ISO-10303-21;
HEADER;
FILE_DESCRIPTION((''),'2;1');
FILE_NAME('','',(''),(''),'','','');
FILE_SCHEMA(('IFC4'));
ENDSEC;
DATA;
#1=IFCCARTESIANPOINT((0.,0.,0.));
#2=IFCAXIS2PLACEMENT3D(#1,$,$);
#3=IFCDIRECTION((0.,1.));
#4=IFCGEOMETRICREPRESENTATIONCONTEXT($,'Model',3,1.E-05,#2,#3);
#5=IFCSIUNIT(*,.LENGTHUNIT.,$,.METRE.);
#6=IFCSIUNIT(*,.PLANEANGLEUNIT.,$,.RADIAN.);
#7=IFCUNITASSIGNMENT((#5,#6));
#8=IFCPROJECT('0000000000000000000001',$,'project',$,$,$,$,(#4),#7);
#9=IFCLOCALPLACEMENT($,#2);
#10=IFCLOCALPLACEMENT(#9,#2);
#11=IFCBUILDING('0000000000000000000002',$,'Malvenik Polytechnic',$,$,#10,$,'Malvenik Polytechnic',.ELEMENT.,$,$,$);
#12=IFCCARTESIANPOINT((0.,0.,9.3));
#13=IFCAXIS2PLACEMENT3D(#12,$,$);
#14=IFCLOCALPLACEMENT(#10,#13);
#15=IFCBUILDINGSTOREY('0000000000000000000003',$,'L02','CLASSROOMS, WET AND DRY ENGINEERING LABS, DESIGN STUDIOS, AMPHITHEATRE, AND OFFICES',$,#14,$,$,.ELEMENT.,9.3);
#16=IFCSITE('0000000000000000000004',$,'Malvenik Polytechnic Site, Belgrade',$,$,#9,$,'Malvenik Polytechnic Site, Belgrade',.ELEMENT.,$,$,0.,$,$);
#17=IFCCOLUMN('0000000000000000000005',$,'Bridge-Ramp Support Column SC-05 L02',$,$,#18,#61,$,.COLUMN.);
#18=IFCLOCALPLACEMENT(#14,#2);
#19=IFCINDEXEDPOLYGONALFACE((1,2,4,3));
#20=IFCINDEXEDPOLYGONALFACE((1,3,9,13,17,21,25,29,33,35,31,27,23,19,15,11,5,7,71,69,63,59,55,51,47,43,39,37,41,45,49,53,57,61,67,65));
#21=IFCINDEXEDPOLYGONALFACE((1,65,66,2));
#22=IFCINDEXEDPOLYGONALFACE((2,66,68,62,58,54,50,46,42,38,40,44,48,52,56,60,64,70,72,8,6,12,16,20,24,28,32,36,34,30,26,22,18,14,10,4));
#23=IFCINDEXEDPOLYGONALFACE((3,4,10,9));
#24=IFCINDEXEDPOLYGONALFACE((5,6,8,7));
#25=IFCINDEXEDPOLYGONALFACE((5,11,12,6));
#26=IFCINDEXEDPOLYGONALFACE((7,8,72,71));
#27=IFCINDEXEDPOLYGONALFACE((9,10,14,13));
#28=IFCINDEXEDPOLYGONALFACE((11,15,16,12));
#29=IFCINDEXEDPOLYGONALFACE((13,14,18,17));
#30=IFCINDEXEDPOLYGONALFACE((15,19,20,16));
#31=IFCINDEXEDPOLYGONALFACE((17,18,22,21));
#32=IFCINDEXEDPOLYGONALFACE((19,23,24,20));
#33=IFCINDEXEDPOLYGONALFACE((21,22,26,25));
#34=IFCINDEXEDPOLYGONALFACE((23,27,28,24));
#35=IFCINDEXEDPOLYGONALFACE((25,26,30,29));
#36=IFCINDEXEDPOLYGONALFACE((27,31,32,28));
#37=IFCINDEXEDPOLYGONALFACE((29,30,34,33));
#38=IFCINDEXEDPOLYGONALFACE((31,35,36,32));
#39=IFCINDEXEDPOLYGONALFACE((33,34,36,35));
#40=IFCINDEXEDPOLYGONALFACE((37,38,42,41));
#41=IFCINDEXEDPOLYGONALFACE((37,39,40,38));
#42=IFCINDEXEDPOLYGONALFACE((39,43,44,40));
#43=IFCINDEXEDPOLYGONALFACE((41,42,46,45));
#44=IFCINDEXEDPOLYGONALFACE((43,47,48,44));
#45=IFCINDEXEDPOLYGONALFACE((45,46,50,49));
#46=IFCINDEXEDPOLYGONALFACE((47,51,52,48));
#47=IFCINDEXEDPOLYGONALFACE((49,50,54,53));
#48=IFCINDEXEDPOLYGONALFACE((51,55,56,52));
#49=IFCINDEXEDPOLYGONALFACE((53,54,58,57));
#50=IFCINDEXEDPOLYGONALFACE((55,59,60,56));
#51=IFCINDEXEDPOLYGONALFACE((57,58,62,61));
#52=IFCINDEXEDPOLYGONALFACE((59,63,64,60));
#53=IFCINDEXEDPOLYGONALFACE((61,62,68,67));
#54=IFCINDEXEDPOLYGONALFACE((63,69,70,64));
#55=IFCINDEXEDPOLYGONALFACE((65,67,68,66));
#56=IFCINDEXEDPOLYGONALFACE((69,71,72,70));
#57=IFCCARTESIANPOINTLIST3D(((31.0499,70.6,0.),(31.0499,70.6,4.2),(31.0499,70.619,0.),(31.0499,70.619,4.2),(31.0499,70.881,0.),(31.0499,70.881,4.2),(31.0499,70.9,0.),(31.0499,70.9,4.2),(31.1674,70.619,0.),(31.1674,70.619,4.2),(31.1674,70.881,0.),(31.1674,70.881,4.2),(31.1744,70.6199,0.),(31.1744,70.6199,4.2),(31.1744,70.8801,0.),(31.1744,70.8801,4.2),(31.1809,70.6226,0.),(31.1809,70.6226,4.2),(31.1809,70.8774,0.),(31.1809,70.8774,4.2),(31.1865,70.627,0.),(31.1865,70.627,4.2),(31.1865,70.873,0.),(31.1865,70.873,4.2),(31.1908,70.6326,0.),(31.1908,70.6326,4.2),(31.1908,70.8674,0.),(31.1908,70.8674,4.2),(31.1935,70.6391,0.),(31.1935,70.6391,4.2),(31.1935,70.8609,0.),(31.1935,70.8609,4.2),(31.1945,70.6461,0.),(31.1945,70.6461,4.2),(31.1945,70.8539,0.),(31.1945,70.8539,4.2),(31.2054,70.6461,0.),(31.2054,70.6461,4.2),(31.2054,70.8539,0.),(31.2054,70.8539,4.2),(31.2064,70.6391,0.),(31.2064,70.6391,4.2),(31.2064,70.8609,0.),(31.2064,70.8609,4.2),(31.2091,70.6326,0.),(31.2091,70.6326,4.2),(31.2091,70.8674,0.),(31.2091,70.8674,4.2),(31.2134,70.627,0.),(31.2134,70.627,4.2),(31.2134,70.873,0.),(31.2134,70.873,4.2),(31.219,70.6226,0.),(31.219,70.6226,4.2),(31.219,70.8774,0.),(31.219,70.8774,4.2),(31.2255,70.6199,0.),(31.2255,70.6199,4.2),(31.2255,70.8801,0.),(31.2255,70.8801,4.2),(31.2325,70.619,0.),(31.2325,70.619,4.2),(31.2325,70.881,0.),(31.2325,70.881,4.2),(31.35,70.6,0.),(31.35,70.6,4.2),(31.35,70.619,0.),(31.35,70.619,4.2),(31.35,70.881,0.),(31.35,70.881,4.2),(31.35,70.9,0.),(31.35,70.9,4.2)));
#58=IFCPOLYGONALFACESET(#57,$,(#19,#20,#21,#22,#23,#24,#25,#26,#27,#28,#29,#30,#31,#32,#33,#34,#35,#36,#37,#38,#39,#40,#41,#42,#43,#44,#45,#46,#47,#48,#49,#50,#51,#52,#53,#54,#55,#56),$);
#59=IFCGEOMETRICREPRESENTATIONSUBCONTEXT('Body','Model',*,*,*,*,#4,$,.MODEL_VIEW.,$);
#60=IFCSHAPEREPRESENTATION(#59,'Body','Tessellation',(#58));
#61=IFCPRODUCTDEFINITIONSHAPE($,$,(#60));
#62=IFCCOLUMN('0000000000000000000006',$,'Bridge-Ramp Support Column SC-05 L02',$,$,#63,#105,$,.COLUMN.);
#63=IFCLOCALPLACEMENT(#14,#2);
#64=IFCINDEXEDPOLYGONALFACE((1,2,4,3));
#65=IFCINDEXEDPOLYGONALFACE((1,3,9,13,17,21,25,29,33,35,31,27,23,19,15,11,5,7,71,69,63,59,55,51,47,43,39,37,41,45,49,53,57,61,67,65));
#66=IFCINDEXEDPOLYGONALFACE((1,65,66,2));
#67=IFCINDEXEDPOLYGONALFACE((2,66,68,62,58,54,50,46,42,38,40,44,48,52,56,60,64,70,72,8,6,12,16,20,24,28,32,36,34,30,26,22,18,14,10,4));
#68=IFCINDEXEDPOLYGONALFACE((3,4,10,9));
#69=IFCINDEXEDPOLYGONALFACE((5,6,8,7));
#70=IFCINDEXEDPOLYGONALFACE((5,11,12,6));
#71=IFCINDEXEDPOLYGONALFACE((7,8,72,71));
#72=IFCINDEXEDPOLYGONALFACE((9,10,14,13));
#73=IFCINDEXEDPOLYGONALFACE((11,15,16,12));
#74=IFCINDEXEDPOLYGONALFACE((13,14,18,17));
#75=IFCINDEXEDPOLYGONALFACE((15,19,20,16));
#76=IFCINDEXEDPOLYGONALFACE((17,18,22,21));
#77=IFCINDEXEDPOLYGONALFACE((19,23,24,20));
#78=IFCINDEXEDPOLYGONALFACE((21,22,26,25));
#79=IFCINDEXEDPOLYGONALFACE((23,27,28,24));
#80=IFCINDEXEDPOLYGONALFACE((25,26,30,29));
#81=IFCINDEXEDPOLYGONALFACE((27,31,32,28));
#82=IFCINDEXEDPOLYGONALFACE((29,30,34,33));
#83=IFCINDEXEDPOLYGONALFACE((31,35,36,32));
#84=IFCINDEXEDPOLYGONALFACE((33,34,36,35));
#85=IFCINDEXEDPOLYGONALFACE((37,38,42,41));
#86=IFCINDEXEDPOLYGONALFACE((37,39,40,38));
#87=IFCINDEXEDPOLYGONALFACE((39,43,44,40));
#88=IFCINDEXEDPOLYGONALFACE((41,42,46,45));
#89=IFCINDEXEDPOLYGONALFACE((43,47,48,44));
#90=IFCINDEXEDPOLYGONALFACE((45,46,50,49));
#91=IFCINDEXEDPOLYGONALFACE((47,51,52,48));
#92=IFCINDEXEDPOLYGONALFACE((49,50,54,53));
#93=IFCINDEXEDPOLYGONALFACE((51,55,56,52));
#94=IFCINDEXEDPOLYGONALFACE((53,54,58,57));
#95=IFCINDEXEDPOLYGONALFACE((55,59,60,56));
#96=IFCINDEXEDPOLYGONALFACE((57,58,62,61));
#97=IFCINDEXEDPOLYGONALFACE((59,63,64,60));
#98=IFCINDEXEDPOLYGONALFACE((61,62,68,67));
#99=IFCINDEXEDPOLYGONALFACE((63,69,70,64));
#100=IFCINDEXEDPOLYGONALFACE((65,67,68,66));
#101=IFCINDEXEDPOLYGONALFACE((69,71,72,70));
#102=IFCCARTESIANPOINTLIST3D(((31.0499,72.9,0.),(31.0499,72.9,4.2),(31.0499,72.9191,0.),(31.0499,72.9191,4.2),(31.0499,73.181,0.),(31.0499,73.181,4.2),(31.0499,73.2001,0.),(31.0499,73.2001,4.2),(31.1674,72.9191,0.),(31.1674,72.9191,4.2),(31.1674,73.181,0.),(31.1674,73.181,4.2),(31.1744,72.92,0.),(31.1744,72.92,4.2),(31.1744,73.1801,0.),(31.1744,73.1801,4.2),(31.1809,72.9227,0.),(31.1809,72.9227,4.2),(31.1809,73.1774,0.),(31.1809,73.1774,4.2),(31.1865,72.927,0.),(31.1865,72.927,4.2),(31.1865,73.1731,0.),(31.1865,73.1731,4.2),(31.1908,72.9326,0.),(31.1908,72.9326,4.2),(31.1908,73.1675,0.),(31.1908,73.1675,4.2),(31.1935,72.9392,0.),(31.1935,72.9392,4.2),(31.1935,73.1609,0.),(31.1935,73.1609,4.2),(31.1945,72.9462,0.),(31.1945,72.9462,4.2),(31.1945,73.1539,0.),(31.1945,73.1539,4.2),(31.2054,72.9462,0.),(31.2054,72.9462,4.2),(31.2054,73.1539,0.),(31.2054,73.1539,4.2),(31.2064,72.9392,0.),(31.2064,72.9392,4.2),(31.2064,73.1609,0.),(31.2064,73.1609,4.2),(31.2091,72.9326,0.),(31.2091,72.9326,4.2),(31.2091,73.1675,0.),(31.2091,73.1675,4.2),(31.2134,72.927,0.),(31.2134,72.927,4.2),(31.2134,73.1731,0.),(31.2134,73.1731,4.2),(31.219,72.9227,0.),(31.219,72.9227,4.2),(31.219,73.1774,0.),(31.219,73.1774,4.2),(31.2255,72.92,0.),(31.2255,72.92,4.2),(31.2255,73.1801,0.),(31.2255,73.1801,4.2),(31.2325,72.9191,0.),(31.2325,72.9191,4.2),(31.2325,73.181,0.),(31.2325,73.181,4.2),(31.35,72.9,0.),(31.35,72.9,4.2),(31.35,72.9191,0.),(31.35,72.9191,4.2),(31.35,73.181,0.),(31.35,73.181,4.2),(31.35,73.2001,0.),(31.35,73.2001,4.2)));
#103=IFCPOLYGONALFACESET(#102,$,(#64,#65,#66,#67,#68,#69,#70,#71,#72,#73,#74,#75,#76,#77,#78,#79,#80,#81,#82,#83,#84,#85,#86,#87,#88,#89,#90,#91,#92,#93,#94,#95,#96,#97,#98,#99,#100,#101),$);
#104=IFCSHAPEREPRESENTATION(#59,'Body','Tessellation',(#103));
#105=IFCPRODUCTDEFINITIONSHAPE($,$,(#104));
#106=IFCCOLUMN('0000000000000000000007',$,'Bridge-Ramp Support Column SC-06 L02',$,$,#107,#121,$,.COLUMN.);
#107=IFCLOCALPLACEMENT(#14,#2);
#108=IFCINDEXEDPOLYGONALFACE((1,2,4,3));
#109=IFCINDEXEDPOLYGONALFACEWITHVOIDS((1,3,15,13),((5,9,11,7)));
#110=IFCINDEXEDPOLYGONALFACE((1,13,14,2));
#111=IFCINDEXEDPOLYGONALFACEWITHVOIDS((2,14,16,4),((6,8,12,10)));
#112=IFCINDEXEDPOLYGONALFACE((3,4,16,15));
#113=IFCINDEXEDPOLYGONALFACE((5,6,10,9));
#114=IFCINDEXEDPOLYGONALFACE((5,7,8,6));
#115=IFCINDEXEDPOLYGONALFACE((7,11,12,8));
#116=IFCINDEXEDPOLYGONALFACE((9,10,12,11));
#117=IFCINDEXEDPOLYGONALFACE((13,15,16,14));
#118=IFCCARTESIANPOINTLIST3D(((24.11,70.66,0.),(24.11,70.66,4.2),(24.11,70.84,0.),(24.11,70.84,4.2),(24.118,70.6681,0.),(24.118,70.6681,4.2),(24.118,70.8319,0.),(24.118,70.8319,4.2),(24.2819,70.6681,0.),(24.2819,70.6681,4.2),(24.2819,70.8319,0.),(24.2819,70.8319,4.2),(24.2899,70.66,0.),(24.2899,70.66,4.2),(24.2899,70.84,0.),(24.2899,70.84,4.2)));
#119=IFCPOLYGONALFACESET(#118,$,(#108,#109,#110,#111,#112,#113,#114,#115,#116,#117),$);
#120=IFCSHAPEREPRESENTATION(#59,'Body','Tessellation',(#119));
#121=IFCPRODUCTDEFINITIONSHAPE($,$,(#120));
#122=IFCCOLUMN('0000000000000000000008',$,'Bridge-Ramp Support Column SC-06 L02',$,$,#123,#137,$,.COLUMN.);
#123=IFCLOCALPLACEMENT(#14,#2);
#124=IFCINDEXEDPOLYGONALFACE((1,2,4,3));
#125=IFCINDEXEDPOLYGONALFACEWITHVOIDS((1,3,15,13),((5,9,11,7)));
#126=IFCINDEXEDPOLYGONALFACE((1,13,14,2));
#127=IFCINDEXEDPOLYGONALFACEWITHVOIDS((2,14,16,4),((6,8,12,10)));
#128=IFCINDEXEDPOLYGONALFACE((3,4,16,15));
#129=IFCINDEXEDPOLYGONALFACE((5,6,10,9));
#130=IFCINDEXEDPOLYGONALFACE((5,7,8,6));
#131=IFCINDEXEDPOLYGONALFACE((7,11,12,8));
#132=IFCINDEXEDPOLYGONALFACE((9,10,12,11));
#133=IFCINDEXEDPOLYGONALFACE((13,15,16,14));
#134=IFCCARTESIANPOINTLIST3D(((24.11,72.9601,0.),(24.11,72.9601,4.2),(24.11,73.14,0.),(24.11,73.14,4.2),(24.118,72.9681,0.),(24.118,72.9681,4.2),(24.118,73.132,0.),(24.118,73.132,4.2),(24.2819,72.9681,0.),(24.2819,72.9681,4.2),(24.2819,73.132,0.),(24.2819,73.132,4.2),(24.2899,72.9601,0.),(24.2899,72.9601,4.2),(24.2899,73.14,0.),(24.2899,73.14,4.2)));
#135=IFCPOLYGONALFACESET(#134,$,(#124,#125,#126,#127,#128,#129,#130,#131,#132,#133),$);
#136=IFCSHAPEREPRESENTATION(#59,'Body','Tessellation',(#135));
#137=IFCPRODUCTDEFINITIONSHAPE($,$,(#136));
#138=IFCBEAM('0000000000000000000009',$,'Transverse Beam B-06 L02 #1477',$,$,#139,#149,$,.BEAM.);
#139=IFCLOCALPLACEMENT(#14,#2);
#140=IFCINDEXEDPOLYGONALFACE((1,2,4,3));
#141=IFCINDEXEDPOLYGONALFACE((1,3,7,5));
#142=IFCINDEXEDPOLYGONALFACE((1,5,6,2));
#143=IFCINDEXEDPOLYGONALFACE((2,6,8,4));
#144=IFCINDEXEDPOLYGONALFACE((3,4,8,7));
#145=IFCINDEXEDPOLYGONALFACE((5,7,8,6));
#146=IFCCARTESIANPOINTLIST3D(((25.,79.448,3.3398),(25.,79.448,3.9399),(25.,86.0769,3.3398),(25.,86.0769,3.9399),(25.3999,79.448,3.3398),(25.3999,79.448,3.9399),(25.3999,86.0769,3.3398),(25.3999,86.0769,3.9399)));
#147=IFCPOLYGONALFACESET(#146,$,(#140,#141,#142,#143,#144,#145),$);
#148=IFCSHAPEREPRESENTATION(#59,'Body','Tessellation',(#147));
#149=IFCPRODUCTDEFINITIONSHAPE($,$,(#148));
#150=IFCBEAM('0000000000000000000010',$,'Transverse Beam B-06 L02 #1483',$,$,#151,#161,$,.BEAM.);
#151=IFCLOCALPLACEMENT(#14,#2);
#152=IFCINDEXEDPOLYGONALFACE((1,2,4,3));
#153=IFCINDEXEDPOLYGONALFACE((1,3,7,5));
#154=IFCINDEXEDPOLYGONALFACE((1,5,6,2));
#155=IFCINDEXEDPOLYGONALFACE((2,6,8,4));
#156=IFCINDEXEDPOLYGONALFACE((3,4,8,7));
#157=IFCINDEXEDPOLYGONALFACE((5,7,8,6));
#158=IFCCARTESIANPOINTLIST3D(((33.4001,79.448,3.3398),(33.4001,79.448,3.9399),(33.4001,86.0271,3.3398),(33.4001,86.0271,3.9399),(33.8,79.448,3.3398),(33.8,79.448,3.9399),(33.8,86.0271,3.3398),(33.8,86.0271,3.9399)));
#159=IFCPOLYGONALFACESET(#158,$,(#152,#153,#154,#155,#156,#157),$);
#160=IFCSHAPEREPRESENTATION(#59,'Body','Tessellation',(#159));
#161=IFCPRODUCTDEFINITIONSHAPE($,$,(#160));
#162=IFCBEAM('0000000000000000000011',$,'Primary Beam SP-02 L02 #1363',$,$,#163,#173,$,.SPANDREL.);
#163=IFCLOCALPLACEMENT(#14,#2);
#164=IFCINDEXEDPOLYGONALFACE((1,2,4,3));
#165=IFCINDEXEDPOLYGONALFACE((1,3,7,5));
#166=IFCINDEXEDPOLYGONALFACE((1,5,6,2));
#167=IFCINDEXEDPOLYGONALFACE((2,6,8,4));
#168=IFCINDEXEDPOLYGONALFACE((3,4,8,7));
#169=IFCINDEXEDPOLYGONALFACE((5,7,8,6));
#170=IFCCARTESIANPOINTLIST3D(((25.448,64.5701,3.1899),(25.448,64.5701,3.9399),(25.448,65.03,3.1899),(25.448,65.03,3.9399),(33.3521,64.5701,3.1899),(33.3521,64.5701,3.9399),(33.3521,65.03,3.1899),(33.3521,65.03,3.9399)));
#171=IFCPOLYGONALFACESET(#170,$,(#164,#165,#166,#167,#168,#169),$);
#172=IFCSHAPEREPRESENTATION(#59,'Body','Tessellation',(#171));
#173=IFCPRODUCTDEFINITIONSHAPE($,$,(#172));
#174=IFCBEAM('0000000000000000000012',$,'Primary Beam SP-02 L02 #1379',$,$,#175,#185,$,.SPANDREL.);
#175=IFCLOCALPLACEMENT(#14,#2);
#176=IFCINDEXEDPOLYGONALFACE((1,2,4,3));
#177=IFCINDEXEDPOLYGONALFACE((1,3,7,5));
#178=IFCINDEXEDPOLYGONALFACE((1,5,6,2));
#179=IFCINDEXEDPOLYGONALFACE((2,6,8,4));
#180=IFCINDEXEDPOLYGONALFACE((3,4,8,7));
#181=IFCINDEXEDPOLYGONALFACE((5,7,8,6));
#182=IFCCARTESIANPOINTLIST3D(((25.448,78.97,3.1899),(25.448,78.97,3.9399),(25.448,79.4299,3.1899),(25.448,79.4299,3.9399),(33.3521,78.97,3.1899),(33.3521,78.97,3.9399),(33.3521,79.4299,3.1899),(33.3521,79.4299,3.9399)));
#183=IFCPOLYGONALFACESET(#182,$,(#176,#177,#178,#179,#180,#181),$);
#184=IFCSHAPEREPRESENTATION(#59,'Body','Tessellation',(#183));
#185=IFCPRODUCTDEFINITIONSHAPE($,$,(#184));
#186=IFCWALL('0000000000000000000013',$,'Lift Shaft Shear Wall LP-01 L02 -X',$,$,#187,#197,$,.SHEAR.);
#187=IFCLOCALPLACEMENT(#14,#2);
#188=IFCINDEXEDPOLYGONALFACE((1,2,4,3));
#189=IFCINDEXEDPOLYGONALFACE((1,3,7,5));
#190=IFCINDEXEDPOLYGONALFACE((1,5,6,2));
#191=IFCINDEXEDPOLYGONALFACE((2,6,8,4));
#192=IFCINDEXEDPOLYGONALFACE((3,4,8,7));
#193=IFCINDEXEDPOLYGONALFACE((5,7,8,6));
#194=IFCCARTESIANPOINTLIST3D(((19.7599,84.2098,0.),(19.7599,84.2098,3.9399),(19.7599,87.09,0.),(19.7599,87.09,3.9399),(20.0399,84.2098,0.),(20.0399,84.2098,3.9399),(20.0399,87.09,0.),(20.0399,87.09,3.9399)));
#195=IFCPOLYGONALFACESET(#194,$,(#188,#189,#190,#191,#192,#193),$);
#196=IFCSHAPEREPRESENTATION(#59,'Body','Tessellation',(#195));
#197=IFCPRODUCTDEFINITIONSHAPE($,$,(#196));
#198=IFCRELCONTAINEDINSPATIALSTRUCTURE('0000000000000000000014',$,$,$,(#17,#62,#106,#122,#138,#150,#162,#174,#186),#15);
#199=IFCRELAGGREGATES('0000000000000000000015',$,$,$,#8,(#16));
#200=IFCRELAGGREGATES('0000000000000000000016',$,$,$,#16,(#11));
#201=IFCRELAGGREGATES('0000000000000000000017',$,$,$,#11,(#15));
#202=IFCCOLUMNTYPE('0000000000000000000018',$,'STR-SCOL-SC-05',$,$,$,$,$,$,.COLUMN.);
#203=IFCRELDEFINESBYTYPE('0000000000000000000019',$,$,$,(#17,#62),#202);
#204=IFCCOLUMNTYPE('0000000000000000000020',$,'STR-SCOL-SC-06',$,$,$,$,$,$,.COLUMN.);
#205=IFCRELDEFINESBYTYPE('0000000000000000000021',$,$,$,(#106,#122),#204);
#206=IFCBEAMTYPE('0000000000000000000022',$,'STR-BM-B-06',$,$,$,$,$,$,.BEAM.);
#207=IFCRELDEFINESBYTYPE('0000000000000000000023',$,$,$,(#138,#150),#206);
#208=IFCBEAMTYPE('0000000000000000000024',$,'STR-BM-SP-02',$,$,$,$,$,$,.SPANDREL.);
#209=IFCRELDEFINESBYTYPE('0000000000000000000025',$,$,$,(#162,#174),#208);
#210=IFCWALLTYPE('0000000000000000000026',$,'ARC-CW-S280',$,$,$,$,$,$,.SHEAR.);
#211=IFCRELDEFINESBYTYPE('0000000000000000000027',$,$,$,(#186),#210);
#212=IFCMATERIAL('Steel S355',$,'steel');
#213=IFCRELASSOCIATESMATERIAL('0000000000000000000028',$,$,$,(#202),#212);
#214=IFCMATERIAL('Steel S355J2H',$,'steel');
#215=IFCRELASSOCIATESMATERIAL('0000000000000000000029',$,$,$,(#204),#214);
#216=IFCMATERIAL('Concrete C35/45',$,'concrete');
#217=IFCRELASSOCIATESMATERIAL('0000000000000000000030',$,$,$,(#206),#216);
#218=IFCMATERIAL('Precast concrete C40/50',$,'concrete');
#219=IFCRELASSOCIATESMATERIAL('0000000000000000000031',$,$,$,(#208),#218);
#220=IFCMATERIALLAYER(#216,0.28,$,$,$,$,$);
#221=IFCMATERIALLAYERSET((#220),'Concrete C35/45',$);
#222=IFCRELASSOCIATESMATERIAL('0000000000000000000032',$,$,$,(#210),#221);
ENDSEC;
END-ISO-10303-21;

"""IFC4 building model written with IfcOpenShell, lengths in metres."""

from ifc_helpers import new_model, si_unit, direction, frame, frame_2d, origin, origin_2d, place, context, subcontext, project, spatial, rectangle, hollow_rectangle, i_section, extrude, material, layer, layer_set, material_profile, profile_set, type_object, element, save


model = new_model("IFC4")

# Units and contexts
model_context = context("Model", 3, precision=1e-05, world=origin(), true_north=direction((0.0, 1.0)))
body_context = subcontext(model_context, "Body", "Model", "MODEL_VIEW")
ifc_project = project(units=[si_unit("LENGTHUNIT", "METRE"), si_unit("PLANEANGLEUNIT", "RADIAN")], contexts=[model_context])

# Site, building, storey
site_placement = place(None, origin())
site = spatial("IfcSite", under=ifc_project, at=site_placement, Name="Malvenik Polytechnic Site, Belgrade", LongName="Malvenik Polytechnic Site, Belgrade", CompositionType="ELEMENT", RefElevation=0.0)
building_placement = place(site_placement, origin())
building = spatial("IfcBuilding", under=site, at=building_placement, Name="Malvenik Polytechnic", LongName="Malvenik Polytechnic", CompositionType="ELEMENT")
storey_placement = place(building_placement, frame((0.0, 0.0, 9.3)))
storey = spatial("IfcBuildingStorey", under=building, at=storey_placement, Name="L02", Description="CLASSROOMS, WET AND DRY ENGINEERING LABS, DESIGN STUDIOS, AMPHITHEATRE, AND OFFICES", CompositionType="ELEMENT", Elevation=9.3)

# Columns
ifc_material_1 = material(Name="Concrete C35/45", Category="concrete")
ifc_material_2 = material(Name="Steel S355J2H", Category="steel")
ifc_material_3 = material(Name="Steel S355", Category="steel")
ifc_material_profile_1 = material_profile(ifc_material_3, i_section(OverallWidth=0.3, OverallDepth=0.3, WebThickness=0.011, FlangeThickness=0.019, FilletRadius=0.0271, at=origin_2d()), Name="HEB 300")
ifc_profile_set_1 = profile_set([ifc_material_profile_1], Name="Steel S355")
column_type_1 = type_object("IfcColumnType", Name="STR-SCOL-SC-05", PredefinedType="COLUMN", material=ifc_profile_set_1)
for number, where, z_axis, x_axis, name in (
    (1, (31.2, 70.75, 0.0), (0.0, 0.0, 1.0), (1.0, 0.0, 0.0), "Bridge-Ramp Support Column SC-05 L02"),
    (2, (31.2, 73.05, 0.0), (0.0, 0.0, 1.0), (1.0, 0.0, 0.0), "Bridge-Ramp Support Column SC-05 L02"),
):
    element("IfcColumn", number, at=place(storey_placement, frame(where, z_axis=z_axis, x_axis=x_axis)), inside=storey, type_object=column_type_1, Name=name, PredefinedType="COLUMN", context=body_context, shape_type="SweptSolid", body=[
        extrude(i_section(OverallWidth=0.3, OverallDepth=0.3, WebThickness=0.011, FlangeThickness=0.019, FilletRadius=0.0271, at=origin_2d()), origin(), (0.0, 0.0, 1.0), 4.2),
    ])
ifc_material_profile_2 = material_profile(ifc_material_2, hollow_rectangle(XDim=0.1799, YDim=0.1799, WallThickness=0.0081, at=origin_2d()), Name="SHS 180x180x8.0")
ifc_profile_set_2 = profile_set([ifc_material_profile_2], Name="Steel S355J2H")
column_type_2 = type_object("IfcColumnType", Name="STR-SCOL-SC-06", PredefinedType="COLUMN", material=ifc_profile_set_2)
for number, where, z_axis, x_axis, name in (
    (3, (24.2, 70.75, 0.0), (0.0, 0.0, 1.0), (1.0, 0.0, 0.0), "Bridge-Ramp Support Column SC-06 L02"),
    (4, (24.2, 73.05, 0.0), (0.0, 0.0, 1.0), (1.0, 0.0, 0.0), "Bridge-Ramp Support Column SC-06 L02"),
):
    element("IfcColumn", number, at=place(storey_placement, frame(where, z_axis=z_axis, x_axis=x_axis)), inside=storey, type_object=column_type_2, Name=name, PredefinedType="COLUMN", context=body_context, shape_type="SweptSolid", body=[
        extrude(hollow_rectangle(XDim=0.1799, YDim=0.1799, WallThickness=0.0081, at=origin_2d()), origin(), (0.0, 0.0, 1.0), 4.2),
    ])

# Beams
ifc_material_profile_3 = material_profile(ifc_material_1, rectangle(XDim=0.3999, YDim=0.6001, at=origin_2d()), Name="RC BM 400x600")
ifc_profile_set_3 = profile_set([ifc_material_profile_3], Name="Concrete C35/45")
beam_type_1 = type_object("IfcBeamType", Name="STR-BM-B-06", PredefinedType="BEAM", material=ifc_profile_set_3)
beam_1_placement = place(storey_placement, frame((25.2, 79.448, 3.6399), z_axis=(0.0, 1.0, 0.0), x_axis=(-1.0, 0.0, 0.0)))
element("IfcBeam", 5, at=beam_1_placement, inside=storey, type_object=beam_type_1, Name="Transverse Beam B-06 L02 #1477", PredefinedType="BEAM", context=body_context, shape_type="SweptSolid", body=[
    extrude(rectangle(XDim=0.3999, YDim=0.6001, at=origin_2d()), origin(), (0.0, 0.0, 1.0), 6.6289),
])
beam_2_placement = place(storey_placement, frame((33.6001, 79.448, 3.6399), z_axis=(0.0, 1.0, 0.0), x_axis=(-1.0, 0.0, 0.0)))
element("IfcBeam", 6, at=beam_2_placement, inside=storey, type_object=beam_type_1, Name="Transverse Beam B-06 L02 #1483", PredefinedType="BEAM", context=body_context, shape_type="SweptSolid", body=[
    extrude(rectangle(XDim=0.3999, YDim=0.6001, at=origin_2d()), origin(), (0.0, 0.0, 1.0), 6.5791),
])
ifc_material_4 = material(Name="Precast concrete C40/50", Category="concrete")
ifc_material_profile_4 = material_profile(ifc_material_4, rectangle(XDim=0.46, YDim=0.75, at=origin_2d()), Name="PC SPN 460x750")
ifc_profile_set_4 = profile_set([ifc_material_profile_4], Name="Precast concrete C40/50")
beam_type_2 = type_object("IfcBeamType", Name="STR-BM-SP-02", PredefinedType="SPANDREL", material=ifc_profile_set_4)
for number, where, z_axis, x_axis, name in (
    (7, (25.448, 64.8, 3.5649), (1.0, 0.0, 0.0), (0.0, 1.0, 0.0), "Primary Beam SP-02 L02 #1363"),
    (8, (25.448, 79.2, 3.5649), (1.0, 0.0, 0.0), (0.0, 1.0, 0.0), "Primary Beam SP-02 L02 #1379"),
):
    element("IfcBeam", number, at=place(storey_placement, frame(where, z_axis=z_axis, x_axis=x_axis)), inside=storey, type_object=beam_type_2, Name=name, PredefinedType="SPANDREL", context=body_context, shape_type="SweptSolid", body=[
        extrude(rectangle(XDim=0.46, YDim=0.75, at=origin_2d()), origin(), (0.0, 0.0, 1.0), 7.9041),
    ])

# Wall
ifc_layer_1 = layer(ifc_material_1, 0.28)
ifc_layer_set_1 = layer_set([ifc_layer_1], Name="Concrete C35/45")
wall_type_1 = type_object("IfcWallType", Name="ARC-CW-S280", PredefinedType="SHEAR", material=ifc_layer_set_1)
wall_1_placement = place(storey_placement, frame((19.8999, 84.21, 0.0), z_axis=(0.0, 0.0, 1.0), x_axis=(0.0, 1.0, 0.0)))
element("IfcWall", 9, at=wall_1_placement, inside=storey, type_object=wall_type_1, Name="Lift Shaft Shear Wall LP-01 L02 -X", PredefinedType="SHEAR", context=body_context, shape_type="SweptSolid", body=[
    extrude(rectangle(XDim=2.8801, YDim=0.28, at=frame_2d((1.4399, 0.0))), origin(), (0.0, 0.0, 1.0), 3.9399),
])

save(model, "model.ifc")
